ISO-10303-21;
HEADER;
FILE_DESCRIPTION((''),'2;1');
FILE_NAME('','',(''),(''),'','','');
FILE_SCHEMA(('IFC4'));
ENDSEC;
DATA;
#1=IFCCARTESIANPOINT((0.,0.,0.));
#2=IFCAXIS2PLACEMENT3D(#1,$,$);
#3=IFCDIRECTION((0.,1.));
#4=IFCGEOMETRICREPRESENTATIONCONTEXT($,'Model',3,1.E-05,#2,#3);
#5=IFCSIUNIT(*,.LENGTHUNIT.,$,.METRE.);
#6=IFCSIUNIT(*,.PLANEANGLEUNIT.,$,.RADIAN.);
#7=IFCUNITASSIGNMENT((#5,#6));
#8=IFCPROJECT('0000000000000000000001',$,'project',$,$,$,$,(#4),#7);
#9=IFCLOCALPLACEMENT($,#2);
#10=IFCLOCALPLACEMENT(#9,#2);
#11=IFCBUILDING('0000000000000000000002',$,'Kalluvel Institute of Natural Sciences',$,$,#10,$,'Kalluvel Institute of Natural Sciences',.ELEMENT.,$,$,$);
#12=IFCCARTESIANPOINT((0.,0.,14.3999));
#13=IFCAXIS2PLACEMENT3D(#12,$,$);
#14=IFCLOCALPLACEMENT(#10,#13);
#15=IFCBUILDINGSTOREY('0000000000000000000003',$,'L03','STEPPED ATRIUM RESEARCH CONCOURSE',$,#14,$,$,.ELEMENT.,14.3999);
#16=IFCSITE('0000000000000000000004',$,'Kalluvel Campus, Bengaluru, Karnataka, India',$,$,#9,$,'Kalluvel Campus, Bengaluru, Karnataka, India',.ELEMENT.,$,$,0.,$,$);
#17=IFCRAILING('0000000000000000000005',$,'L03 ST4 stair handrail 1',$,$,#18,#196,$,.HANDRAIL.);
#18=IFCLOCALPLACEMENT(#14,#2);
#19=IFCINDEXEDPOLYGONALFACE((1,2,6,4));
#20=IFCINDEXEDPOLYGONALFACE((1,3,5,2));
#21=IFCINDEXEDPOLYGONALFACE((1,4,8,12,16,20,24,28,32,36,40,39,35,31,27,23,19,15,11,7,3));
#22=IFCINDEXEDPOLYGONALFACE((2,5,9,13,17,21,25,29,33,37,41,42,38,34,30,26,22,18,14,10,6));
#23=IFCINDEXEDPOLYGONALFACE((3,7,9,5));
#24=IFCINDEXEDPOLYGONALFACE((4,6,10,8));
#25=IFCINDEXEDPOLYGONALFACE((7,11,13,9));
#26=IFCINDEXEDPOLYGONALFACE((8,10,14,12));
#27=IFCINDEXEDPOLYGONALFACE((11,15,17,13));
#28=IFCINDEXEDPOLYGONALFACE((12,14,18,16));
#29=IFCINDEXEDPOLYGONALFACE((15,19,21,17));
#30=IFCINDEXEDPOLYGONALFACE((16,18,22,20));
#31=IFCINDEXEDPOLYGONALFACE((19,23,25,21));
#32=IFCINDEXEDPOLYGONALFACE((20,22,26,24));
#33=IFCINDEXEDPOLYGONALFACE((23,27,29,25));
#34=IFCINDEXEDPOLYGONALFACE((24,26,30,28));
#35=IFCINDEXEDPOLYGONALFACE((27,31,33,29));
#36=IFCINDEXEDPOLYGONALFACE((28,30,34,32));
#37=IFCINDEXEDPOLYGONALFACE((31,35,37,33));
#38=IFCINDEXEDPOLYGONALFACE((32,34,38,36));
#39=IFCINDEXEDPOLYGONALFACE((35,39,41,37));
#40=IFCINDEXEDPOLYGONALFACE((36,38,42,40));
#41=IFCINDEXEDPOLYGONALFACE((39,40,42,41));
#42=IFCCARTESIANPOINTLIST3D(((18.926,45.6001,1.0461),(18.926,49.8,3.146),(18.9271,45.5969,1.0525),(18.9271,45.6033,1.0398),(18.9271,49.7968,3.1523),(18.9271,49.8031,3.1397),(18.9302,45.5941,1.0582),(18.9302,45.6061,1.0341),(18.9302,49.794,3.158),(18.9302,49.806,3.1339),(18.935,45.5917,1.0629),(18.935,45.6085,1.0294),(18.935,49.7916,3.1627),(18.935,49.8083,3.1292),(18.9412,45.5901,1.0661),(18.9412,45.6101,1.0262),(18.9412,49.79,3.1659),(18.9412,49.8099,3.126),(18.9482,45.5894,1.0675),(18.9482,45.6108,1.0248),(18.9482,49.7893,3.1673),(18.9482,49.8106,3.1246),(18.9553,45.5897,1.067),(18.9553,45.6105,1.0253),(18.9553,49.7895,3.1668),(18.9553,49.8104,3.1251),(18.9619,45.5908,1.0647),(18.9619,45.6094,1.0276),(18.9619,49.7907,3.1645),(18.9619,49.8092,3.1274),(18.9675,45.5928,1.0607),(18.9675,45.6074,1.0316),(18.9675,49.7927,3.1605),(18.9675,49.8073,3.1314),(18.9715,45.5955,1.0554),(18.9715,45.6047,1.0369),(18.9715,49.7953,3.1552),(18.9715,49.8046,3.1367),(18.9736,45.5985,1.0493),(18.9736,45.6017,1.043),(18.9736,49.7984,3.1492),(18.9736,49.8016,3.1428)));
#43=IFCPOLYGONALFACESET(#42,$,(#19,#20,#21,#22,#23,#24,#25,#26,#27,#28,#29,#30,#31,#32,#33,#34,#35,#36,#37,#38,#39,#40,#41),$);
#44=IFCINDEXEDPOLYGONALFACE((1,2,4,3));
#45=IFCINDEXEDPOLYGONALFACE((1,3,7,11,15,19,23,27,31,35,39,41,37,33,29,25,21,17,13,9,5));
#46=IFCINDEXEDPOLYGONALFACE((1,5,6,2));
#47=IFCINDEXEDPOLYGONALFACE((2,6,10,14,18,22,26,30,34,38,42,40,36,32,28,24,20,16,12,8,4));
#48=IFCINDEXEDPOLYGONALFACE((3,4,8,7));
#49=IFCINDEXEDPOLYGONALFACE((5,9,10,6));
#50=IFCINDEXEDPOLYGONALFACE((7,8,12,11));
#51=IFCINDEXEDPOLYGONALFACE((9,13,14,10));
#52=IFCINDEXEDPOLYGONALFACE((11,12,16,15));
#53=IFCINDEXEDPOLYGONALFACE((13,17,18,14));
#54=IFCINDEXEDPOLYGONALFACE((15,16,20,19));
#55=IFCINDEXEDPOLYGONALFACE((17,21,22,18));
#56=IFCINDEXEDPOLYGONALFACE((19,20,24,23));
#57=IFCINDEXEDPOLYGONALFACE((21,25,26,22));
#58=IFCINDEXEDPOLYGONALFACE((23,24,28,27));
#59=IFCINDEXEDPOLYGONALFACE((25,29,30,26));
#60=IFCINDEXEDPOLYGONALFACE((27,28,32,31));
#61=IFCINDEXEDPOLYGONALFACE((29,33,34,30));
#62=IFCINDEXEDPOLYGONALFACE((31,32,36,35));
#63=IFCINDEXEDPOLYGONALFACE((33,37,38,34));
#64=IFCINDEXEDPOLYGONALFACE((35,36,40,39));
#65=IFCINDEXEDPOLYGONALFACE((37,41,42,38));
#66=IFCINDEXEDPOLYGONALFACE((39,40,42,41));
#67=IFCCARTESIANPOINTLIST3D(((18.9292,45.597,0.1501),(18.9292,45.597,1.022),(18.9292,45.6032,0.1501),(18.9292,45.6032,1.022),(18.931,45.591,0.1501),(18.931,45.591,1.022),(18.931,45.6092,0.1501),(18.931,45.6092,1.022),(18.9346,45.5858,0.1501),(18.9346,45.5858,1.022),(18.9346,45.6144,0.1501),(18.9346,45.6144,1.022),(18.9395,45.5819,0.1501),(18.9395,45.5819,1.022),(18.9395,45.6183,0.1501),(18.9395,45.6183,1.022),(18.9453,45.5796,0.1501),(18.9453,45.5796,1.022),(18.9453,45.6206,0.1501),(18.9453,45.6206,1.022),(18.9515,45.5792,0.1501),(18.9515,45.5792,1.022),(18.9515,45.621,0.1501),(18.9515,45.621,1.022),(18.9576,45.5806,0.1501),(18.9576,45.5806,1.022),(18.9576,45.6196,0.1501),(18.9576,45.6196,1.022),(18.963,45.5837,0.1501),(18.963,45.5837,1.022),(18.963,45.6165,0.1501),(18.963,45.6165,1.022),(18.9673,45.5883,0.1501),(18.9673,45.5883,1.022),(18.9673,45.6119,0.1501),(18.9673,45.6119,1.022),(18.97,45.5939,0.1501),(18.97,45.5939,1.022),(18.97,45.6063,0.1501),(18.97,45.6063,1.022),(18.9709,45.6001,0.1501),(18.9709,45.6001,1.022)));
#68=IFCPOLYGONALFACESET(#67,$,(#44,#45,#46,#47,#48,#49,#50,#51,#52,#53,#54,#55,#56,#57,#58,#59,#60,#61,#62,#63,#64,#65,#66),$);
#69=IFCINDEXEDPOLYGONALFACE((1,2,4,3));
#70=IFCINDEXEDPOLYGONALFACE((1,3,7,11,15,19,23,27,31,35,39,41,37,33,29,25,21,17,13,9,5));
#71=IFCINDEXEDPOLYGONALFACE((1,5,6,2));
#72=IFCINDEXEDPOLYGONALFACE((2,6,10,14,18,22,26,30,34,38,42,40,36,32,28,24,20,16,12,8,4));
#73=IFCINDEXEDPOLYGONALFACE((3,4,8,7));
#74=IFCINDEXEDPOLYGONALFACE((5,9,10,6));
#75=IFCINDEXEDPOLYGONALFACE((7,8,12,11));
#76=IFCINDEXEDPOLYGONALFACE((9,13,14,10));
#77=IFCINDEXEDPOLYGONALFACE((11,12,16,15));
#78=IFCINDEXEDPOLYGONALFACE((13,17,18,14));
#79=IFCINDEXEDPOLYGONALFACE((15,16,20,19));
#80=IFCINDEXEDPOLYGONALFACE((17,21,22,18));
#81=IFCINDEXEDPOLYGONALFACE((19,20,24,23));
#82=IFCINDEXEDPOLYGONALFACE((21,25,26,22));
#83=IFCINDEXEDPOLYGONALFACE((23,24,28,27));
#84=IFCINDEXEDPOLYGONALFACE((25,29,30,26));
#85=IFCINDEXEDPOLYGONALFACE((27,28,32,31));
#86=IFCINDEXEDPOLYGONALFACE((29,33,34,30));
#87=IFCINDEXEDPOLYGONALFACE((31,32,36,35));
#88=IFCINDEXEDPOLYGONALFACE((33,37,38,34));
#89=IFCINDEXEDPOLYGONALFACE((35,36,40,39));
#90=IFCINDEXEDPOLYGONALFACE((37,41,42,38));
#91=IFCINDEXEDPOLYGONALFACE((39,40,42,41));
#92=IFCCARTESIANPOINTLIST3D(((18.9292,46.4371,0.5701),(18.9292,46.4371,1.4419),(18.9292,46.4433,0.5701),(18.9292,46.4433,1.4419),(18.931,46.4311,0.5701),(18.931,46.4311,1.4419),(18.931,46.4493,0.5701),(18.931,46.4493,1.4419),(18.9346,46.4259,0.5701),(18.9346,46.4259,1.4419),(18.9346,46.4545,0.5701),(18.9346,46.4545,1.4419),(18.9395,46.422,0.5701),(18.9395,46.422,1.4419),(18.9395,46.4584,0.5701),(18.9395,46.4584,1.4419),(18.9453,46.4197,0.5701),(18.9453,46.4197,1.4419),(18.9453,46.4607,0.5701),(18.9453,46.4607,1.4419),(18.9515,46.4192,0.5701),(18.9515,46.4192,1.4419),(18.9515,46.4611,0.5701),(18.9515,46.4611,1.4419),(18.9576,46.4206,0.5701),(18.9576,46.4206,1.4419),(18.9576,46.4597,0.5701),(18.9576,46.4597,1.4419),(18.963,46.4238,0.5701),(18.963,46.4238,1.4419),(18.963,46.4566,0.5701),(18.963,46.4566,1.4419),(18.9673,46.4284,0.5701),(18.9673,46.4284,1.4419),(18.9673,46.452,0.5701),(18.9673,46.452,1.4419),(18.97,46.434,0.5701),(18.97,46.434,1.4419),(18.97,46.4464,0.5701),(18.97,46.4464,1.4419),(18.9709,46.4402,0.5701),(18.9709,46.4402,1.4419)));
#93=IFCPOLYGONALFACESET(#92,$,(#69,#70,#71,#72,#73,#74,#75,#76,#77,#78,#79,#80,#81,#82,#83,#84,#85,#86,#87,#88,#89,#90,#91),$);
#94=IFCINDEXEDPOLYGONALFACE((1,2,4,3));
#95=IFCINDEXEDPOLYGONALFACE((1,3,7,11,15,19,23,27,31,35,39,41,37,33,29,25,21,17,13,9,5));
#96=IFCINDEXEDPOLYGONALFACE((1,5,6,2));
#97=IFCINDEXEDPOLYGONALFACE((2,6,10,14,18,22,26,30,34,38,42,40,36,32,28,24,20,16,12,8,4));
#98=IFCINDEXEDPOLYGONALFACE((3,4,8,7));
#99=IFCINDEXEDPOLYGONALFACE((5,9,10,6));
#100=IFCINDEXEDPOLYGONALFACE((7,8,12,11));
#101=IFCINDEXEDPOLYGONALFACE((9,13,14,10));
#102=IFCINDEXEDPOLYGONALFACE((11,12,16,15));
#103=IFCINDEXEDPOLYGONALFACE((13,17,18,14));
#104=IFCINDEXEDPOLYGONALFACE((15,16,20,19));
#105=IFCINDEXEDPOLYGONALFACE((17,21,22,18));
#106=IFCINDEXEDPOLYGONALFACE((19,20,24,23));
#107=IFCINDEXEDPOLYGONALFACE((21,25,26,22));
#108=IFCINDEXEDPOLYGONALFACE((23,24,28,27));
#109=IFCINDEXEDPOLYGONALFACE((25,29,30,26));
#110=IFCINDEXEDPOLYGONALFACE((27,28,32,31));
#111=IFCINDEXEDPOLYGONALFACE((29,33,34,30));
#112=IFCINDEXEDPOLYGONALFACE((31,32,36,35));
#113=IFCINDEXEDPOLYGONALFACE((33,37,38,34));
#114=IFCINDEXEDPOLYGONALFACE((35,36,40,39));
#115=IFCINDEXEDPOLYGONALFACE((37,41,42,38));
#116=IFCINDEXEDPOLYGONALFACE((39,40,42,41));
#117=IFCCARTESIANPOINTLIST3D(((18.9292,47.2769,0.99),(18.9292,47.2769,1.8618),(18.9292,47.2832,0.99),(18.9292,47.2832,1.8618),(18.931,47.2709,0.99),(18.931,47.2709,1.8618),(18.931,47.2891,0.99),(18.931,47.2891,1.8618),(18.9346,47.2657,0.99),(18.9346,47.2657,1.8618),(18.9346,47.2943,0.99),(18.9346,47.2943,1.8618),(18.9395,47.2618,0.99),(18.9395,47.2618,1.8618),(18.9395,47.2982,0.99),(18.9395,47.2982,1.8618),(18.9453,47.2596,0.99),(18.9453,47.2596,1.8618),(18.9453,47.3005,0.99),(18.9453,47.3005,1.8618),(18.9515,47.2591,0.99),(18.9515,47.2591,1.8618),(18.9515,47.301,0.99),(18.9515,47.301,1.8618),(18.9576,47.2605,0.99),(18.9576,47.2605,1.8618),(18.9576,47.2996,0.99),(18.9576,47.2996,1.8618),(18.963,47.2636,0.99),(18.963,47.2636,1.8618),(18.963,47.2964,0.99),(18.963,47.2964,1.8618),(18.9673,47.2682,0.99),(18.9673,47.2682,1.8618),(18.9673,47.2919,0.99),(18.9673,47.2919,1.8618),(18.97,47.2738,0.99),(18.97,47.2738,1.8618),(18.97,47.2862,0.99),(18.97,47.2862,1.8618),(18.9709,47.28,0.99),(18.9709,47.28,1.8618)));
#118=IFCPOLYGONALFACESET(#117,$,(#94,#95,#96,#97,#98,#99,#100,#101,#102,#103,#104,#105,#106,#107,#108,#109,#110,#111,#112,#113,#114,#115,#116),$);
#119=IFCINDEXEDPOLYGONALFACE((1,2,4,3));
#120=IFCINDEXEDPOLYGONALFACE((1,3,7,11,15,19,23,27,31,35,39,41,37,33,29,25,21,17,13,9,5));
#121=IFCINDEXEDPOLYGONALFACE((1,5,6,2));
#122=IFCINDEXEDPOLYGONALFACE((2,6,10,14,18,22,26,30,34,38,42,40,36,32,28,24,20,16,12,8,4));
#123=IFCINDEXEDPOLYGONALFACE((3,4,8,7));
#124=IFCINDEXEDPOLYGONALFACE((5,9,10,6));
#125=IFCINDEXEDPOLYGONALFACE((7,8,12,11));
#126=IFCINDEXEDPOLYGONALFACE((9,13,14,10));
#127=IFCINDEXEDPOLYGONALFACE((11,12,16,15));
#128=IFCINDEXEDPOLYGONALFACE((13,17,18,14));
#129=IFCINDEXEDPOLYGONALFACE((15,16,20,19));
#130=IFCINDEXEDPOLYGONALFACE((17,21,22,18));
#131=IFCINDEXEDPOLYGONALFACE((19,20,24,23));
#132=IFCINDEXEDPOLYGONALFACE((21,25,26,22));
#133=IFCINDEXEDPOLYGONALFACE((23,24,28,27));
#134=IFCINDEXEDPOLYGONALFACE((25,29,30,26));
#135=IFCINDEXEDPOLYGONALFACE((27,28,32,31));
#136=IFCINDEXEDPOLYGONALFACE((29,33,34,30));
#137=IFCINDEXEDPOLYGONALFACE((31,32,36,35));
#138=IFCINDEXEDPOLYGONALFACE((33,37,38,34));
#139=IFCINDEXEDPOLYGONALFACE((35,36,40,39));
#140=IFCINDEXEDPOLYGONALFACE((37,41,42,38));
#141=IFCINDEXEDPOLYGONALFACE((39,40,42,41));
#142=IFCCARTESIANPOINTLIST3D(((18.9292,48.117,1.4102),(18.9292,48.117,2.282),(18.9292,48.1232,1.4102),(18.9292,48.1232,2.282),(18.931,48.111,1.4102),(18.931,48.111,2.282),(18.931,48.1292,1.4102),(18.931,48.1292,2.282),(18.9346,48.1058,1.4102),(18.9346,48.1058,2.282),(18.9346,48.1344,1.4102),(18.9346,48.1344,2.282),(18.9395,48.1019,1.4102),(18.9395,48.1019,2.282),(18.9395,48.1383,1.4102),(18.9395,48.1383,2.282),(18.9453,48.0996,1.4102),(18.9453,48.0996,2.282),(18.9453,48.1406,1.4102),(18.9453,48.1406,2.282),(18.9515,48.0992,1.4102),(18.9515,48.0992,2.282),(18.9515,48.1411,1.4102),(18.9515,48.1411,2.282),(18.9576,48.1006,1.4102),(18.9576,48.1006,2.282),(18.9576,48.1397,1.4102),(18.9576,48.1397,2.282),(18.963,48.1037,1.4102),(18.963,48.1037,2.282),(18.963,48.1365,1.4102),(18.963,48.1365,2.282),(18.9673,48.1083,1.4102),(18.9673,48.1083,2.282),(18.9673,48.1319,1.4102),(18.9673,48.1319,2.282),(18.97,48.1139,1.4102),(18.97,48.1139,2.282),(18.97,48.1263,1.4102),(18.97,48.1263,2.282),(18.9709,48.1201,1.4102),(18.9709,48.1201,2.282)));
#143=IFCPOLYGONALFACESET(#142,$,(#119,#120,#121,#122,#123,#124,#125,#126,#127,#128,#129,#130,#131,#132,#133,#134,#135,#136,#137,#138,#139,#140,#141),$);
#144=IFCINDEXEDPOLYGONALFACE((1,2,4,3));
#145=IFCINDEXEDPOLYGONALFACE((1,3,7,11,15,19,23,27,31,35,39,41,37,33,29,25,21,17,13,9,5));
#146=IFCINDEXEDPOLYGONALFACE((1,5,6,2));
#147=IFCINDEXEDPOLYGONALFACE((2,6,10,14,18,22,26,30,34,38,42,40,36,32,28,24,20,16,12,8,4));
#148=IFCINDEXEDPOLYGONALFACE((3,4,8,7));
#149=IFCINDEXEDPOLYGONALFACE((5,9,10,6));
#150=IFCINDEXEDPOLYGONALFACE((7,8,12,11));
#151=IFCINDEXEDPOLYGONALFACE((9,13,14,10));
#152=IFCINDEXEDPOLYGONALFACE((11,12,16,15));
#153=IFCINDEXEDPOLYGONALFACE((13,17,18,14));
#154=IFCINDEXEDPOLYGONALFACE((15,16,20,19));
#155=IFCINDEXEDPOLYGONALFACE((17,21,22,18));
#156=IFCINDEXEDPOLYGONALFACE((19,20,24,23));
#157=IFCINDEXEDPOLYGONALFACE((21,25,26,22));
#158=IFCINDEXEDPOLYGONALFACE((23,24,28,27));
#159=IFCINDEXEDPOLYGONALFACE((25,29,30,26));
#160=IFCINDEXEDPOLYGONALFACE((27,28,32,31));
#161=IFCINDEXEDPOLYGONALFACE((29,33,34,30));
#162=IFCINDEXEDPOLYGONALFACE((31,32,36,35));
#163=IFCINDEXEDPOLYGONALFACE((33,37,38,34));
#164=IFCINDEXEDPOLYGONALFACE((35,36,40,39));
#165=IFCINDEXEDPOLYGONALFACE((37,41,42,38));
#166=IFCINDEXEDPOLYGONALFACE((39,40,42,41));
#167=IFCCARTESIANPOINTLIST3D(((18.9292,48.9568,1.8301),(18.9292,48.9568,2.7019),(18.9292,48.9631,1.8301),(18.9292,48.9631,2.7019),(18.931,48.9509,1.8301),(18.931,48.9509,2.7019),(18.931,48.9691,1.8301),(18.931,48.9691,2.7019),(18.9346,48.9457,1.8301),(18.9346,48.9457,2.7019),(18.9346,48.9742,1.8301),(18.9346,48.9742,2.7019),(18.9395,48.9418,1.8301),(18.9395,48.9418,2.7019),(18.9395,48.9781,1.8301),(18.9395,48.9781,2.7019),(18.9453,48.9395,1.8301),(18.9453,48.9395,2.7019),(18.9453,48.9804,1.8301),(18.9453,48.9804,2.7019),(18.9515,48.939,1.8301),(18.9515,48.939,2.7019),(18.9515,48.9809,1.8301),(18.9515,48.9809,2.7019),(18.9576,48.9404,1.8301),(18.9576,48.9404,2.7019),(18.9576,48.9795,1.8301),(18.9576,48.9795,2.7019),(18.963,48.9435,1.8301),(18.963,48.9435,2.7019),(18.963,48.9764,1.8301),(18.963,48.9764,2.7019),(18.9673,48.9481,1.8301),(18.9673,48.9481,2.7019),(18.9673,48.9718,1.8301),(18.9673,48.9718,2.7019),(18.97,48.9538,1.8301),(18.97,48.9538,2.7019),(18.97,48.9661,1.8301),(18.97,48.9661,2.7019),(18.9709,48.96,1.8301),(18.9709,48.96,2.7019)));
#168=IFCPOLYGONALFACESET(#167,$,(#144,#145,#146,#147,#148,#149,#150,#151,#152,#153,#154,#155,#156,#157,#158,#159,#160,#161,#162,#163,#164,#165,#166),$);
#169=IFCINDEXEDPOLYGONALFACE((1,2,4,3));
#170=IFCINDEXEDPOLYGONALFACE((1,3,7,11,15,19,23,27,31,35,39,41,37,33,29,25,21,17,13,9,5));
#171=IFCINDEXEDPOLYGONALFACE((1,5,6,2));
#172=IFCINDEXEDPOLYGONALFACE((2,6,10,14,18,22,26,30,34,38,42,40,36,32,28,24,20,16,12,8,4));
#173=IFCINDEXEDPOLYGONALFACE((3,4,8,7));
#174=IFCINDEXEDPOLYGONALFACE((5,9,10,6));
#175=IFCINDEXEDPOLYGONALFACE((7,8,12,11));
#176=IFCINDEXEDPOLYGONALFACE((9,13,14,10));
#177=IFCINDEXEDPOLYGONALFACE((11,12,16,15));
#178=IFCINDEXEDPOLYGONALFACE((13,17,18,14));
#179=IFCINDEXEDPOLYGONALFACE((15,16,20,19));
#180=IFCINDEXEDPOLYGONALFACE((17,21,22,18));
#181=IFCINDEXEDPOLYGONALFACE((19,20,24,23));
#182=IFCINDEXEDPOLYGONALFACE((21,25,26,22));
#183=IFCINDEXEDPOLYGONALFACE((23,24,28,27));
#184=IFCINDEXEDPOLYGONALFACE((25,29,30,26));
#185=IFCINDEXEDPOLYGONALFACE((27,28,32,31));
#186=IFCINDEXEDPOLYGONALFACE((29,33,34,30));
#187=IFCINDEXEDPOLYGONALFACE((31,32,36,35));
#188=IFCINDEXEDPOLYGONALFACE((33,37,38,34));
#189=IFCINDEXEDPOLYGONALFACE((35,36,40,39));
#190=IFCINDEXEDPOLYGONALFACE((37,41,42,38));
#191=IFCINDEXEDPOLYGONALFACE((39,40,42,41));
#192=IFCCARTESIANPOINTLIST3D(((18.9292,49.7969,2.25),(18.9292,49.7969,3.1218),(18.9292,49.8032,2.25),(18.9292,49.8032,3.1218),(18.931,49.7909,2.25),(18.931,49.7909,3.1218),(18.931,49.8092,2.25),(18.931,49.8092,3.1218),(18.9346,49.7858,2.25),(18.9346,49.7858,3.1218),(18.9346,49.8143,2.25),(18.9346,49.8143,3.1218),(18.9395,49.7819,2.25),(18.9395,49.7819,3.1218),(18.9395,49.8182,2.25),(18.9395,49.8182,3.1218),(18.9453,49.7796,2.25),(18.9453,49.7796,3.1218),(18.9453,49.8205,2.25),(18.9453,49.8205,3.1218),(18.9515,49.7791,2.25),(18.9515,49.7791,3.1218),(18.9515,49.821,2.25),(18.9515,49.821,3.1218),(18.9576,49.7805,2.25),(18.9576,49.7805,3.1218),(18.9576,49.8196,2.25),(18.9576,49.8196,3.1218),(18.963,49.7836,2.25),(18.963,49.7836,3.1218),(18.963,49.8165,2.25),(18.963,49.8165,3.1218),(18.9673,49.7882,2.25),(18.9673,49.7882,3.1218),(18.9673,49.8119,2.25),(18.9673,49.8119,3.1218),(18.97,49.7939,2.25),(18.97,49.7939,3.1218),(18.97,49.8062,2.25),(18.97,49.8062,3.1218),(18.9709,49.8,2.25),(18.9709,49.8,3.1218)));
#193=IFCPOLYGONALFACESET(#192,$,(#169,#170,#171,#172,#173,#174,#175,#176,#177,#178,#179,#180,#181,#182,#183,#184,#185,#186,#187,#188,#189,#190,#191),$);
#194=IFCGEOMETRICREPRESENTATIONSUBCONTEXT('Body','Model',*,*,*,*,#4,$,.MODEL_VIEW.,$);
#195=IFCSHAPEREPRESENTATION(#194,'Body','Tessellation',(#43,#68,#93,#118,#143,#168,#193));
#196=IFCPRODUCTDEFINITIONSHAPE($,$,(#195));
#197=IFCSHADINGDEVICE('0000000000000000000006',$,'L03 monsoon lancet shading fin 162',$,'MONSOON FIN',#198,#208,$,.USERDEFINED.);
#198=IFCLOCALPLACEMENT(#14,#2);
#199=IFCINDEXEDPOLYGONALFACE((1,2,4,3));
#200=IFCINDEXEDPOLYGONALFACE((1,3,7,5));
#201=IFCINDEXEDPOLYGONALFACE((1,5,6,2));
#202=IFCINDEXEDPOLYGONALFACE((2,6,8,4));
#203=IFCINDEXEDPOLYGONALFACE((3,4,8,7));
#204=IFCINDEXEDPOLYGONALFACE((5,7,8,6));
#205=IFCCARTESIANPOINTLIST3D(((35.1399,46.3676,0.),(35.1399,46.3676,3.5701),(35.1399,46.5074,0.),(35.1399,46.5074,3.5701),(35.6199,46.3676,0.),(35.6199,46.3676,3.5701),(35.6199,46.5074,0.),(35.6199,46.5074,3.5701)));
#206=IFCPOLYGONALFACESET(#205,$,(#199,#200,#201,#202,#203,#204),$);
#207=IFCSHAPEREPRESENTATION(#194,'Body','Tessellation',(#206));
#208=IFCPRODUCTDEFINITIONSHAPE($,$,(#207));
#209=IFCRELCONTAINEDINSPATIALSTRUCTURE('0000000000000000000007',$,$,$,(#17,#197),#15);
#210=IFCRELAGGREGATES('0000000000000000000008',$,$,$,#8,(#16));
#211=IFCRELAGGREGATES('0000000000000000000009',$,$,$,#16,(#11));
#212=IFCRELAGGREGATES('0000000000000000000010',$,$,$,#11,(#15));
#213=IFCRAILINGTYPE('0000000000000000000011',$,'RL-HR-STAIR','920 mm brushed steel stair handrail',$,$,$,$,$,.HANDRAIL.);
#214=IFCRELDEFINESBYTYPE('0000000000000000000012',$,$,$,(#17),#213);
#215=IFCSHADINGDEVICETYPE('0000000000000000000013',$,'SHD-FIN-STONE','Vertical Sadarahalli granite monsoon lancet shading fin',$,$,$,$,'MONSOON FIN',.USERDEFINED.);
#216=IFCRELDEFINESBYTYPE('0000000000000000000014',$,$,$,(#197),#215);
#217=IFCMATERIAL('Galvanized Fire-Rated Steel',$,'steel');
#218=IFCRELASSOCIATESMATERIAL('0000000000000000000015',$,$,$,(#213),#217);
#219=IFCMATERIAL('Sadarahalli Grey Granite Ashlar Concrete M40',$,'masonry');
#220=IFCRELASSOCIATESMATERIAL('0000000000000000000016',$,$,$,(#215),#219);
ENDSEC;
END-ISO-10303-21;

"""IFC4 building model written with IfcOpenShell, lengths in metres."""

from ifc_helpers import new_model, si_unit, direction, frame, origin, origin_2d, place, context, subcontext, project, spatial, rectangle, circle, extrude, material, type_object, element, save


model = new_model("IFC4")

# Units and contexts
model_context = context("Model", 3, precision=1e-05, world=origin(), true_north=direction((0.0, 1.0)))
body_context = subcontext(model_context, "Body", "Model", "MODEL_VIEW")
ifc_project = project(units=[si_unit("LENGTHUNIT", "METRE"), si_unit("PLANEANGLEUNIT", "RADIAN")], contexts=[model_context])

# Site, building, storey
site_placement = place(None, origin())
site = spatial("IfcSite", under=ifc_project, at=site_placement, Name="Kalluvel Campus, Bengaluru, Karnataka, India", LongName="Kalluvel Campus, Bengaluru, Karnataka, India", CompositionType="ELEMENT", RefElevation=0.0)
building_placement = place(site_placement, origin())
building = spatial("IfcBuilding", under=site, at=building_placement, Name="Kalluvel Institute of Natural Sciences", LongName="Kalluvel Institute of Natural Sciences", CompositionType="ELEMENT")
storey_placement = place(building_placement, frame((0.0, 0.0, 14.3999)))
storey = spatial("IfcBuildingStorey", under=building, at=storey_placement, Name="L03", Description="STEPPED ATRIUM RESEARCH CONCOURSE", CompositionType="ELEMENT", Elevation=14.3999)

# Shared definitions
ifc_material_1 = material(Name="Galvanized Fire-Rated Steel", Category="steel")

# Railing
railing_type = type_object("IfcRailingType", Name="RL-HR-STAIR", Description="920 mm brushed steel stair handrail", PredefinedType="HANDRAIL", material=ifc_material_1)
railing_placement = place(storey_placement, frame((18.95, 45.6001, 0.1501)))
element("IfcRailing", 1, at=railing_placement, inside=storey, type_object=railing_type, Name="L03 ST4 stair handrail 1", PredefinedType="HANDRAIL", context=body_context, shape_type="SweptSolid", body=[
    extrude(circle(Radius=0.0239, at=origin_2d()), frame((0.0, 0.0, 0.896), z_axis=(0.0, 0.894438, 0.447193), x_axis=(-1.0, 0.0, 0.0)), (0.0, 0.0, 1.0), 4.6956),
    extrude(circle(Radius=0.021, at=origin_2d()), origin(), (0.0, 0.0, 1.0), 0.8718),
    extrude(circle(Radius=0.021, at=origin_2d()), frame((0.0, 0.8401, 0.4199)), (0.0, 0.0, 1.0), 0.8718),
    extrude(circle(Radius=0.021, at=origin_2d()), frame((0.0, 1.6799, 0.8398)), (0.0, 0.0, 1.0), 0.8718),
    extrude(circle(Radius=0.021, at=origin_2d()), frame((0.0, 2.52, 1.26)), (0.0, 0.0, 1.0), 0.8718),
    extrude(circle(Radius=0.021, at=origin_2d()), frame((0.0, 3.3599, 1.6799)), (0.0, 0.0, 1.0), 0.8718),
    extrude(circle(Radius=0.021, at=origin_2d()), frame((0.0, 4.2, 2.0999)), (0.0, 0.0, 1.0), 0.8718),
])

# Shading device
ifc_material_2 = material(Name="Sadarahalli Grey Granite Ashlar Concrete M40", Category="masonry")
shading_device_type_1 = type_object("IfcShadingDeviceType", Name="SHD-FIN-STONE", Description="Vertical Sadarahalli granite monsoon lancet shading fin", ElementType="MONSOON FIN", PredefinedType="USERDEFINED", material=ifc_material_2)
shading_device_1_placement = place(storey_placement, frame((35.3799, 46.4375, 0.0), z_axis=(0.0, 0.0, 1.0), x_axis=(0.0, 1.0, 0.0)))
element("IfcShadingDevice", 2, at=shading_device_1_placement, inside=storey, type_object=shading_device_type_1, Name="L03 monsoon lancet shading fin 162", ObjectType="MONSOON FIN", PredefinedType="USERDEFINED", context=body_context, shape_type="SweptSolid", body=[
    extrude(rectangle(XDim=0.1399, YDim=0.48, at=origin_2d()), origin(), (0.0, 0.0, 1.0), 3.5701),
])

save(model, "model.ifc")
